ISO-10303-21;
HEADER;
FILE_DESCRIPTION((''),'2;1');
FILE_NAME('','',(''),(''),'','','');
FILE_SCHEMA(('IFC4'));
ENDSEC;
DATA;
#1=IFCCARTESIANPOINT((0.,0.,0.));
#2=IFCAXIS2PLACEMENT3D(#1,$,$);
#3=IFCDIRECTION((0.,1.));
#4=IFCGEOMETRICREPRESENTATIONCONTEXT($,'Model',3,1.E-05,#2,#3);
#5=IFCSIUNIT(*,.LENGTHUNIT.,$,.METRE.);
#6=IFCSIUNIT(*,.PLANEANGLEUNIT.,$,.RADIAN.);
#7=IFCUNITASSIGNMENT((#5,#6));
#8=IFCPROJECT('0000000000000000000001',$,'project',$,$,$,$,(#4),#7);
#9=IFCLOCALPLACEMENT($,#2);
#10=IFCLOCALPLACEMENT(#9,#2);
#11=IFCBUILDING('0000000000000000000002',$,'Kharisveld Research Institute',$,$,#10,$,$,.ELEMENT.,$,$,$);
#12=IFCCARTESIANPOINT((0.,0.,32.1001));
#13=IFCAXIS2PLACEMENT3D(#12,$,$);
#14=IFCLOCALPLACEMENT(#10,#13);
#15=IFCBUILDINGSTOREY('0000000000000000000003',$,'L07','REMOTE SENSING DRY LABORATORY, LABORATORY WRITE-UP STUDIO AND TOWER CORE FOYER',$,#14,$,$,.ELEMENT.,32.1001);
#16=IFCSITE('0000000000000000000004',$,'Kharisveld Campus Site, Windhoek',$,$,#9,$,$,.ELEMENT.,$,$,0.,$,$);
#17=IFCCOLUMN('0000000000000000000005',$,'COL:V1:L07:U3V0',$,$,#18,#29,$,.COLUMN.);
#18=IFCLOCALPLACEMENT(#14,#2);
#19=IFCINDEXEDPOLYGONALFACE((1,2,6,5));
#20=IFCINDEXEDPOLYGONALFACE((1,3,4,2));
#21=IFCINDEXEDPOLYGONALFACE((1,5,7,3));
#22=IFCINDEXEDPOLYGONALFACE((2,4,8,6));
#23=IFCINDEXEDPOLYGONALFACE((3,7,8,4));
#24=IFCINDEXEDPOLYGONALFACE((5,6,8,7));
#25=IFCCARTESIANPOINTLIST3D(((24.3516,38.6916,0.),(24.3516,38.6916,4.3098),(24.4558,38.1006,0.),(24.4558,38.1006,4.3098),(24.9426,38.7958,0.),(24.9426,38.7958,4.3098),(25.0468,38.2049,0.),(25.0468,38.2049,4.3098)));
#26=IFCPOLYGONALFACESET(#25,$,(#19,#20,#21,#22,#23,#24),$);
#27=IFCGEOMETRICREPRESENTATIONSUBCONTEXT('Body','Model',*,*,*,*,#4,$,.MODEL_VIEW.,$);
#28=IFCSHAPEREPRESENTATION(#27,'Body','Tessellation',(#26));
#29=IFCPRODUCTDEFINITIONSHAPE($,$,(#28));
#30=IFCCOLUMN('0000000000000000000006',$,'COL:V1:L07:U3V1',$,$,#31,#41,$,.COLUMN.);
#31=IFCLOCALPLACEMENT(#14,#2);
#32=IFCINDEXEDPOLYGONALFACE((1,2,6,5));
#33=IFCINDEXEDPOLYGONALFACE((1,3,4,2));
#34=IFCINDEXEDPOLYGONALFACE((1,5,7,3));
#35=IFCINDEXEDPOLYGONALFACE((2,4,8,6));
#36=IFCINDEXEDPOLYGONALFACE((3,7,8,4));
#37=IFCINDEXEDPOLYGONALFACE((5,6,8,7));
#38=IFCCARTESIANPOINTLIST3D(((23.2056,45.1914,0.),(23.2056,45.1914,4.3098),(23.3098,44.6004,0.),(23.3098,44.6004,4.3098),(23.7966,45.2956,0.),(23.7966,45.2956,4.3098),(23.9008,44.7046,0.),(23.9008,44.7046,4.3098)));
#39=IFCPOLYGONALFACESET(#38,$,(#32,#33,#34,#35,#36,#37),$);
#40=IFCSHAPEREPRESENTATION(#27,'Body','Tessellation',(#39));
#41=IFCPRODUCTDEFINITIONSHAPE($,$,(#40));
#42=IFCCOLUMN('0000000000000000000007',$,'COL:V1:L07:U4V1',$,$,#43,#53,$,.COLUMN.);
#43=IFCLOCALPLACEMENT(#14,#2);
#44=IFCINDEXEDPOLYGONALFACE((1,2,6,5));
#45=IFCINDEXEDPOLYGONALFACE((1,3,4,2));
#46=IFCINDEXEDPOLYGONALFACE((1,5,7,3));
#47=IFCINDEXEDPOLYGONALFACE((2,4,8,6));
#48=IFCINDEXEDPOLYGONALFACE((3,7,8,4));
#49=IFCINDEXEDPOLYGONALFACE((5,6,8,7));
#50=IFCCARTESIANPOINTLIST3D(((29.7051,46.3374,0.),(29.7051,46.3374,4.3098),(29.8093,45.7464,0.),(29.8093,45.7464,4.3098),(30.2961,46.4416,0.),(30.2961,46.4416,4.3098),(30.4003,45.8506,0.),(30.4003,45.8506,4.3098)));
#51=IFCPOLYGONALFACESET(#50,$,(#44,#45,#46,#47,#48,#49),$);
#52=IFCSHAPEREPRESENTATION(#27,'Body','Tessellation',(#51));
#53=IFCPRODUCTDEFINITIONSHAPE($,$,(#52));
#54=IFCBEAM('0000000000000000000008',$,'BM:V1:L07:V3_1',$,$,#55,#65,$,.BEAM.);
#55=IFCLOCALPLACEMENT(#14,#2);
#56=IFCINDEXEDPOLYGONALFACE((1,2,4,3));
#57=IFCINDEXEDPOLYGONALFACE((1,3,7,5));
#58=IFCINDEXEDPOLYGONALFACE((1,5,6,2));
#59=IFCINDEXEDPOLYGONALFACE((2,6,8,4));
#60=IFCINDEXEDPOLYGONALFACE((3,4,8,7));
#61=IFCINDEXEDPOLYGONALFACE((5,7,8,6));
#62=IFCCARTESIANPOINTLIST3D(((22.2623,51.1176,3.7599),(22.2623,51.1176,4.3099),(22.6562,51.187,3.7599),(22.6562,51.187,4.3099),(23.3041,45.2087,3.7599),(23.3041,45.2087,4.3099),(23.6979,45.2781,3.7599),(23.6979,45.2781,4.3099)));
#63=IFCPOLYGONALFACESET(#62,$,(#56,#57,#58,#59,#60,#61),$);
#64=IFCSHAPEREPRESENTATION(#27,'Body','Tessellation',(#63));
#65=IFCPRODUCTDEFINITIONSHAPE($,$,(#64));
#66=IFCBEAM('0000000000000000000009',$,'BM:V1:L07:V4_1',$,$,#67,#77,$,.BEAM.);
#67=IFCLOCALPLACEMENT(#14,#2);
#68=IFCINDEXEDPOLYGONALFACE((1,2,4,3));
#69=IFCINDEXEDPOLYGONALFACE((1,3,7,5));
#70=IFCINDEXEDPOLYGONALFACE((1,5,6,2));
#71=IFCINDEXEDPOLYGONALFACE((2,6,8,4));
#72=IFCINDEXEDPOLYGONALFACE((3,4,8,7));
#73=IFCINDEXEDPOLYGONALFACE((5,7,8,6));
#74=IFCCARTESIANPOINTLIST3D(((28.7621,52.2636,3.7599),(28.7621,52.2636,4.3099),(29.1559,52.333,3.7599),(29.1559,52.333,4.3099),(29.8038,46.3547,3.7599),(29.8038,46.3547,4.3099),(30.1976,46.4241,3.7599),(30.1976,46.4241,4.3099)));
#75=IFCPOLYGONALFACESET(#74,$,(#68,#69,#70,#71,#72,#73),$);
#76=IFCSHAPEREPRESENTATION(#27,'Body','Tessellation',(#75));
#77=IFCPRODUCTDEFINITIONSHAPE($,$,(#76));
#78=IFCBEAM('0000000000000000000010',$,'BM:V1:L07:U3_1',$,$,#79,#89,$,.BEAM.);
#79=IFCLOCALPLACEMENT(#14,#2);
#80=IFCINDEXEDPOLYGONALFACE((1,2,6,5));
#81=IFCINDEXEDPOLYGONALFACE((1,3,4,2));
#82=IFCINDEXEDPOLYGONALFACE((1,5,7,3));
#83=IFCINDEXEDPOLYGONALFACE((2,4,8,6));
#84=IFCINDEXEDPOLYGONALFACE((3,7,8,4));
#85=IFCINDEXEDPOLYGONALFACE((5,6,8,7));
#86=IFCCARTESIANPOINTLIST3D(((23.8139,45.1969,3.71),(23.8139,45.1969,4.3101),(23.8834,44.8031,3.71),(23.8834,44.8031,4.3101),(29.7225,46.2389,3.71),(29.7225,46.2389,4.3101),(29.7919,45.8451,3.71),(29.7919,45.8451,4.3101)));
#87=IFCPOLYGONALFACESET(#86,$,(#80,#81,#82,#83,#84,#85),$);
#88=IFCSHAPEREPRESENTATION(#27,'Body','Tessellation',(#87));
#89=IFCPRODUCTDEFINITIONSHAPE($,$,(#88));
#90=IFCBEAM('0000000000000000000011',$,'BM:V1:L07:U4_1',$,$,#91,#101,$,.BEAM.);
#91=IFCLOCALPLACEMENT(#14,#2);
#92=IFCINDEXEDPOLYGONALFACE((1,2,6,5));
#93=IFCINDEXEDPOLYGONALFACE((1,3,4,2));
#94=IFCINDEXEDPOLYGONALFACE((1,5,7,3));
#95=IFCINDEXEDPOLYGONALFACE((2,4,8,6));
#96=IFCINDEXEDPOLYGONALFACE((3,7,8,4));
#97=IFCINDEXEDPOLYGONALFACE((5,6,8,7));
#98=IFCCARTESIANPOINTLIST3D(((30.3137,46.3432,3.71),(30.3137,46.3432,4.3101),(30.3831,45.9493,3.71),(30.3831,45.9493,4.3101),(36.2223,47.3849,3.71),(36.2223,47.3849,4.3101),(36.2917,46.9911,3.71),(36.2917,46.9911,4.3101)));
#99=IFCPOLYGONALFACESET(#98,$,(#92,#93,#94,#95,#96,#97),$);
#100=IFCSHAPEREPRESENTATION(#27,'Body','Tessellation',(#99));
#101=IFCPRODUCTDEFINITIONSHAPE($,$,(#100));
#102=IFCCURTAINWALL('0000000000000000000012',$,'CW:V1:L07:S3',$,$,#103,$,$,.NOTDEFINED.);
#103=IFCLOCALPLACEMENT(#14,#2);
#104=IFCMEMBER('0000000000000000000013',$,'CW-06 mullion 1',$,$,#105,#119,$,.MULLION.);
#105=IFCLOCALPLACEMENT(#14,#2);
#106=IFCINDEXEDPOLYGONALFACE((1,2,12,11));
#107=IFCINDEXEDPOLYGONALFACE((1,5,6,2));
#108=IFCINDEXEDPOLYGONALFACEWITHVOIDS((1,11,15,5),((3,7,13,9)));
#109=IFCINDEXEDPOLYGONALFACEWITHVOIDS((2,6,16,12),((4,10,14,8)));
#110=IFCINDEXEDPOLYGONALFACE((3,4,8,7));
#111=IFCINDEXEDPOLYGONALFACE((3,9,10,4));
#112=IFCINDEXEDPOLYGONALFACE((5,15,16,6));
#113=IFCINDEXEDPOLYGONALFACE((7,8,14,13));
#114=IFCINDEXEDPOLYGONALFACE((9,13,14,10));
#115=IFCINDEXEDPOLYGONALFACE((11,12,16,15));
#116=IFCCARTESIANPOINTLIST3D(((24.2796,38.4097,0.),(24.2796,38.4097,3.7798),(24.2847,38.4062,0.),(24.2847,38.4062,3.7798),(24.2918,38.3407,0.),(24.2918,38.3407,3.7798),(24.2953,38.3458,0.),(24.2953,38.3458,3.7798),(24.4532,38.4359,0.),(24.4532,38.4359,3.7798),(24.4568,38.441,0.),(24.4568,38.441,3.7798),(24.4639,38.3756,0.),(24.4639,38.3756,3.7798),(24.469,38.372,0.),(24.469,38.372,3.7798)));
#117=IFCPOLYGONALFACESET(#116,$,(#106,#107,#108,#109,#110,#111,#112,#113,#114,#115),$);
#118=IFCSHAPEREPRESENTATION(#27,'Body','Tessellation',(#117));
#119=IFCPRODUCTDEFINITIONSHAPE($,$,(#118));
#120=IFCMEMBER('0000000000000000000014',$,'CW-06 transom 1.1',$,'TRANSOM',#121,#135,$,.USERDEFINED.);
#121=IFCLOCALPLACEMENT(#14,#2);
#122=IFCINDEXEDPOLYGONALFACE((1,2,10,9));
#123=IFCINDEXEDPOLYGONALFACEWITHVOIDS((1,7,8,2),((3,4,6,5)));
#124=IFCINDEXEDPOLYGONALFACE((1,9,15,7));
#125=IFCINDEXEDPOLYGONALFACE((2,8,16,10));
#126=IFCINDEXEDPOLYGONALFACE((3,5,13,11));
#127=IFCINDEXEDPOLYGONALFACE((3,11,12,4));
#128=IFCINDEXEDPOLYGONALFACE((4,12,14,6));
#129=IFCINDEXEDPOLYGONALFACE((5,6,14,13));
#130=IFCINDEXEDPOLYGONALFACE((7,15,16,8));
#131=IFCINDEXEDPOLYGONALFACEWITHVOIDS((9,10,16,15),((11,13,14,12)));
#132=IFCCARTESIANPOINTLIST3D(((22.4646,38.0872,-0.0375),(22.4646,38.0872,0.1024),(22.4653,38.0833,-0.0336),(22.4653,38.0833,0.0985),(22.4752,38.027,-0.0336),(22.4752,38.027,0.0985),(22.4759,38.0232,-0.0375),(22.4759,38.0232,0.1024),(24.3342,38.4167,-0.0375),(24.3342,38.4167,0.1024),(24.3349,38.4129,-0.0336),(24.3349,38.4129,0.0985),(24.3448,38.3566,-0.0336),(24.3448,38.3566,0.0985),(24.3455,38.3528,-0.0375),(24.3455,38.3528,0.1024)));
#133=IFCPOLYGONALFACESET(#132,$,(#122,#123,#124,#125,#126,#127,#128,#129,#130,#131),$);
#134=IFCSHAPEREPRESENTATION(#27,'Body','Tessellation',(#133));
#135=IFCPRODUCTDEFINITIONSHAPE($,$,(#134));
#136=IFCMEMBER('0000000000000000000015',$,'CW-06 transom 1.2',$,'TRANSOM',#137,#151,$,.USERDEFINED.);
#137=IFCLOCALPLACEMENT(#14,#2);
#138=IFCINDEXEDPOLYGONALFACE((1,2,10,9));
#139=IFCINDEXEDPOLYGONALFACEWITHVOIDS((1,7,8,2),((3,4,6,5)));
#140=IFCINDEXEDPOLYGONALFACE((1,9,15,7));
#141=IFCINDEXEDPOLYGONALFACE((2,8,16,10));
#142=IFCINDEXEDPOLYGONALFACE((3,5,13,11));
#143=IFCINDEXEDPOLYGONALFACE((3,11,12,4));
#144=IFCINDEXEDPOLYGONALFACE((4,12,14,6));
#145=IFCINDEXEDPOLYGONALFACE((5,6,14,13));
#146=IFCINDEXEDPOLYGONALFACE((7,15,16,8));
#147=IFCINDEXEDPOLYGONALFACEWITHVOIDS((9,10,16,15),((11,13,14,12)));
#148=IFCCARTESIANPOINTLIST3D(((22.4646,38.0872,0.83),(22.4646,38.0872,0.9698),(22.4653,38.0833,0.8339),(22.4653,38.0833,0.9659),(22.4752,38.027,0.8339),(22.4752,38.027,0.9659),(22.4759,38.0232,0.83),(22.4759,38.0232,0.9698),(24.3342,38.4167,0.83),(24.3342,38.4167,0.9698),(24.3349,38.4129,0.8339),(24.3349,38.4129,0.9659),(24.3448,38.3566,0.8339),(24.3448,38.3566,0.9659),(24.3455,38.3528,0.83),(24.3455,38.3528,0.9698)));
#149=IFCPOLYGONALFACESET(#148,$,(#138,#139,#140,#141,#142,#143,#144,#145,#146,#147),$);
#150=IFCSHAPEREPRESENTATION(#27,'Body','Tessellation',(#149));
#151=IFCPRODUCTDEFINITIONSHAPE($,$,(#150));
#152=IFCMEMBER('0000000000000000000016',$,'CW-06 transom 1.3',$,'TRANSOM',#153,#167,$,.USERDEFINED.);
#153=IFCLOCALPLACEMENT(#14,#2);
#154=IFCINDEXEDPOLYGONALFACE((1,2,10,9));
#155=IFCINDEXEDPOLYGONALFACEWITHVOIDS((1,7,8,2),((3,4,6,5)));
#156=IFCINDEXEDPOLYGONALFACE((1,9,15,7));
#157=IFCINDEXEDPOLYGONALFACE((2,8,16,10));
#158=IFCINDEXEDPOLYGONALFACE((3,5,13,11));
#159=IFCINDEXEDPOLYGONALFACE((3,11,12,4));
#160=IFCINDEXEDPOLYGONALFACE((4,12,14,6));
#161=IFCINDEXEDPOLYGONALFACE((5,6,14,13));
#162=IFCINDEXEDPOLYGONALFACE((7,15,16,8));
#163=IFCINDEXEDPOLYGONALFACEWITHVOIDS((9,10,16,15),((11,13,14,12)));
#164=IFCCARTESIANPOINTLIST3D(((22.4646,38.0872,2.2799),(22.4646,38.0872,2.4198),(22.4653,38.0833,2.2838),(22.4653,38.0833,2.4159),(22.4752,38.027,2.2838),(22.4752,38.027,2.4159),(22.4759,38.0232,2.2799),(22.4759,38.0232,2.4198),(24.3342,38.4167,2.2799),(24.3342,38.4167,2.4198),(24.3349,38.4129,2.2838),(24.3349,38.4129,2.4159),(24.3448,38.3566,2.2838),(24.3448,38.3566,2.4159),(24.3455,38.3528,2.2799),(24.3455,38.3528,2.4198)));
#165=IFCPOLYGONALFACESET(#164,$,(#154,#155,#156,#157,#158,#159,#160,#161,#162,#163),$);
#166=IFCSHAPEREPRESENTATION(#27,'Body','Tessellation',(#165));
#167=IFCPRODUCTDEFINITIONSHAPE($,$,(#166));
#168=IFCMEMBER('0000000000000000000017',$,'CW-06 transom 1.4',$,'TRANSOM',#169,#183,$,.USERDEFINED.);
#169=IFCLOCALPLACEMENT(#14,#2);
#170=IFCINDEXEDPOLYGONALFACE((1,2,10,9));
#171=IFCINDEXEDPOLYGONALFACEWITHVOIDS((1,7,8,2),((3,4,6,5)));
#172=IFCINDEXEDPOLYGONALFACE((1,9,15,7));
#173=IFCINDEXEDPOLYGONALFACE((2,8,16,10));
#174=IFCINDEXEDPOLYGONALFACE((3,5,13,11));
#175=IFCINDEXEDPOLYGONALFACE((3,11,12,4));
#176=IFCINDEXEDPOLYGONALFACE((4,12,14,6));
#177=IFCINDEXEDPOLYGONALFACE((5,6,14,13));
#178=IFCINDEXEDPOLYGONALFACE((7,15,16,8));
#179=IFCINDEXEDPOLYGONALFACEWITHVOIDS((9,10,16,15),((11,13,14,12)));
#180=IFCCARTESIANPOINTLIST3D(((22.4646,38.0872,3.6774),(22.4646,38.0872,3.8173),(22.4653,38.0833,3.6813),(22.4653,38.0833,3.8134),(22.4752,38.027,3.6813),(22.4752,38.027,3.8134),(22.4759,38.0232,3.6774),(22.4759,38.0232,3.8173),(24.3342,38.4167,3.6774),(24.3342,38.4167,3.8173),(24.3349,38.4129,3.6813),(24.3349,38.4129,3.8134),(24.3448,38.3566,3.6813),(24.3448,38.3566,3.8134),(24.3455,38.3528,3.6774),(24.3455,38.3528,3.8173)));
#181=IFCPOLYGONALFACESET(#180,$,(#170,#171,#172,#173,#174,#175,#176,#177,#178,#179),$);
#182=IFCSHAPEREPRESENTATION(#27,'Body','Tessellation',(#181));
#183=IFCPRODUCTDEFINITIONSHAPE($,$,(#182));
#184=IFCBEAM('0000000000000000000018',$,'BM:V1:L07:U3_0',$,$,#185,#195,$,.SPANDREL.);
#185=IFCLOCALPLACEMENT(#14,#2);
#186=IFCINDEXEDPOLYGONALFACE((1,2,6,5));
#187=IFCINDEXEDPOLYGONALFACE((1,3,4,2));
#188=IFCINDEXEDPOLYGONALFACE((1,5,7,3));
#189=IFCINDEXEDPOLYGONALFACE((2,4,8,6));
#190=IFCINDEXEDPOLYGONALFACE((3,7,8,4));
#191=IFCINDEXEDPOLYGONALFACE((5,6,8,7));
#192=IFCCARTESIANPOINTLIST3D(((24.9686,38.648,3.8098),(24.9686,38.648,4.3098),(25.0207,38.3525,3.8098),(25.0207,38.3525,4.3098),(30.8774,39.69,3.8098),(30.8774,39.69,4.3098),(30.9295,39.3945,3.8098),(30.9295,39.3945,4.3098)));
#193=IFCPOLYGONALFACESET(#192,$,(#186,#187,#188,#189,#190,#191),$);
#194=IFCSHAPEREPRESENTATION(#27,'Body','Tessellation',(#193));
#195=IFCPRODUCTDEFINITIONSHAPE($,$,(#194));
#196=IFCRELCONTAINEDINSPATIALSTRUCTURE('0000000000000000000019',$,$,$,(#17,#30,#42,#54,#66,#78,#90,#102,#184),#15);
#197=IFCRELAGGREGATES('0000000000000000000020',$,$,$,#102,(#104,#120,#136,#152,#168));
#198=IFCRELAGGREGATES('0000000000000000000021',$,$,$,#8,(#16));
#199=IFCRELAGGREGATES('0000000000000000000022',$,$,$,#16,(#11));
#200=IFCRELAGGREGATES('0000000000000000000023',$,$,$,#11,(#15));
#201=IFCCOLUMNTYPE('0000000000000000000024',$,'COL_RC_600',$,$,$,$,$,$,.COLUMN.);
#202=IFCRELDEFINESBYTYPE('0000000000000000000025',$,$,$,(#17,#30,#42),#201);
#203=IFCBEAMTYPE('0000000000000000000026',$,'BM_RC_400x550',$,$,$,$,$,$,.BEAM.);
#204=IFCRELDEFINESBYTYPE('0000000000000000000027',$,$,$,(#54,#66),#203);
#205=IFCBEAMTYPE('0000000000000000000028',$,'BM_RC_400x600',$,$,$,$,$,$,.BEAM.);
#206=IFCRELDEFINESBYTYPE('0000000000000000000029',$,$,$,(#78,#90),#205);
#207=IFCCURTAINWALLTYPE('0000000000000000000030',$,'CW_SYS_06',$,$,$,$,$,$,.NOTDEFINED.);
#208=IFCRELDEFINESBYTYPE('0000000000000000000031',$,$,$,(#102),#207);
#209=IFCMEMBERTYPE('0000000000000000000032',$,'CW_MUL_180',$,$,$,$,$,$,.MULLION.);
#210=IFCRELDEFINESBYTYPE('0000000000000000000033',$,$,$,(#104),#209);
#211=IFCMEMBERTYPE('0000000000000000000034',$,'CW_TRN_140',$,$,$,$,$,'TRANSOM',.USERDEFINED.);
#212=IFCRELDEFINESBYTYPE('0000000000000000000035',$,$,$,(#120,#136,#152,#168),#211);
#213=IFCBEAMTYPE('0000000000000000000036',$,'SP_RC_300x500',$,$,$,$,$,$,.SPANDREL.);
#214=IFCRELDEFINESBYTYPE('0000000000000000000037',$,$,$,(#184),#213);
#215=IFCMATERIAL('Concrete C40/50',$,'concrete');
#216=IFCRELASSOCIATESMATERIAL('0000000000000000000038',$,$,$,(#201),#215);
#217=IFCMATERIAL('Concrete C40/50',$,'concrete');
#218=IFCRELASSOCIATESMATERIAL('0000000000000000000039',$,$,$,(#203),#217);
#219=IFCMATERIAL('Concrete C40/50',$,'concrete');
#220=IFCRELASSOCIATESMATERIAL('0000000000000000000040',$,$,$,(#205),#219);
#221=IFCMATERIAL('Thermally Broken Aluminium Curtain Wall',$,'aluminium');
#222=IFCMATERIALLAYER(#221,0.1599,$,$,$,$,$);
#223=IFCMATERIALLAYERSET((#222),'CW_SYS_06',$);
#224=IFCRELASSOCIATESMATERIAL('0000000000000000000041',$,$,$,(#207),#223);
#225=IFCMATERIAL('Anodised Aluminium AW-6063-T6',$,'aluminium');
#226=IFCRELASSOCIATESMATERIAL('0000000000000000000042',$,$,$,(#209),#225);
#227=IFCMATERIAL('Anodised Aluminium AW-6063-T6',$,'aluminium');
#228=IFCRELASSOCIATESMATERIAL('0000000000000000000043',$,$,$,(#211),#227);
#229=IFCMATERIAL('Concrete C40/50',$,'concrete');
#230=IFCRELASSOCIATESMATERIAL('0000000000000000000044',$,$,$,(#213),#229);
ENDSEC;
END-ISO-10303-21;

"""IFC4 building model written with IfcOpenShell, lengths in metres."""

from ifc_helpers import new_model, si_unit, direction, frame, origin, origin_2d, place, context, subcontext, project, spatial, rectangle, hollow_rectangle, extrude, material, layer, layer_set, material_profile, profile_set, type_object, element, aggregate, save


model = new_model("IFC4")

# Units and contexts
model_context = context("Model", 3, precision=1e-05, world=origin(), true_north=direction((0.0, 1.0)))
body_context = subcontext(model_context, "Body", "Model", "MODEL_VIEW")
ifc_project = project(units=[si_unit("LENGTHUNIT", "METRE"), si_unit("PLANEANGLEUNIT", "RADIAN")], contexts=[model_context])

# Site, building, storey
site_placement = place(None, origin())
site = spatial("IfcSite", under=ifc_project, at=site_placement, Name="Kharisveld Campus Site, Windhoek", CompositionType="ELEMENT", RefElevation=0.0)
building_placement = place(site_placement, origin())
building = spatial("IfcBuilding", under=site, at=building_placement, Name="Kharisveld Research Institute", CompositionType="ELEMENT")
storey_placement = place(building_placement, frame((0.0, 0.0, 32.1001)))
storey = spatial("IfcBuildingStorey", under=building, at=storey_placement, Name="L07", Description="REMOTE SENSING DRY LABORATORY, LABORATORY WRITE-UP STUDIO AND TOWER CORE FOYER", CompositionType="ELEMENT", Elevation=32.1001)

# Columns
ifc_material_1 = material(Name="Concrete C40/50", Category="concrete")
ifc_material_profile_1 = material_profile(ifc_material_1, rectangle(XDim=0.6001, YDim=0.6001, at=origin_2d()))
ifc_profile_set_1 = profile_set([ifc_material_profile_1], Name="Concrete C40/50")
column_type = type_object("IfcColumnType", Name="COL_RC_600", PredefinedType="COLUMN", material=ifc_profile_set_1)
for number, where, z_axis, x_axis, name in (
    (1, (24.6992, 38.4482, 0.0), (0.0, 0.0, 1.0), (0.984808, 0.173648, 0.0), "COL:V1:L07:U3V0"),
    (2, (23.5532, 44.948, 0.0), (0.0, 0.0, 1.0), (0.984808, 0.173648, 0.0), "COL:V1:L07:U3V1"),
    (3, (30.0527, 46.094, 0.0), (0.0, 0.0, 1.0), (0.984808, 0.173648, 0.0), "COL:V1:L07:U4V1"),
):
    element("IfcColumn", number, at=place(storey_placement, frame(where, z_axis=z_axis, x_axis=x_axis)), inside=storey, type_object=column_type, Name=name, PredefinedType="COLUMN", context=body_context, shape_type="SweptSolid", body=[
        extrude(rectangle(XDim=0.6001, YDim=0.6001, at=origin_2d()), origin(), (0.0, 0.0, 1.0), 4.3098),
    ])

# Beams
ifc_material_2 = material(Name="Concrete C40/50", Category="concrete")
ifc_material_profile_2 = material_profile(ifc_material_2, rectangle(XDim=0.3999, YDim=0.55, at=origin_2d()))
ifc_profile_set_2 = profile_set([ifc_material_profile_2], Name="Concrete C40/50")
beam_type_1 = type_object("IfcBeamType", Name="BM_RC_400x550", PredefinedType="BEAM", material=ifc_profile_set_2)
for number, where, z_axis, x_axis, name in (
    (4, (23.501, 45.2434, 4.0349), (-0.173623, 0.984812, 0.0), (-0.984812, -0.173623, 0.0), "BM:V1:L07:V3_1"),
    (5, (30.0007, 46.3894, 4.0349), (-0.173623, 0.984812, 0.0), (-0.984812, -0.173623, 0.0), "BM:V1:L07:V4_1"),
):
    element("IfcBeam", number, at=place(storey_placement, frame(where, z_axis=z_axis, x_axis=x_axis)), inside=storey, type_object=beam_type_1, Name=name, PredefinedType="BEAM", context=body_context, shape_type="SweptSolid", body=[
        extrude(rectangle(XDim=0.3999, YDim=0.55, at=origin_2d()), origin(), (0.0, 0.0, 1.0), 6.0),
    ])
ifc_material_3 = material(Name="Concrete C40/50", Category="concrete")
ifc_material_profile_3 = material_profile(ifc_material_3, rectangle(XDim=0.3999, YDim=0.6001, at=origin_2d()))
ifc_profile_set_3 = profile_set([ifc_material_profile_3], Name="Concrete C40/50")
beam_type_2 = type_object("IfcBeamType", Name="BM_RC_400x600", PredefinedType="BEAM", material=ifc_profile_set_3)
for number, where, z_axis, x_axis, name in (
    (6, (23.8486, 45.0, 4.01), (0.984804, 0.173669, 0.0), (-0.173669, 0.984804, 0.0), "BM:V1:L07:U3_1"),
    (7, (30.3484, 46.1462, 4.01), (0.984811, 0.17363, 0.0), (-0.17363, 0.984811, 0.0), "BM:V1:L07:U4_1"),
):
    element("IfcBeam", number, at=place(storey_placement, frame(where, z_axis=z_axis, x_axis=x_axis)), inside=storey, type_object=beam_type_2, Name=name, PredefinedType="BEAM", context=body_context, shape_type="SweptSolid", body=[
        extrude(rectangle(XDim=0.3999, YDim=0.6001, at=origin_2d()), origin(), (0.0, 0.0, 1.0), 5.9998),
    ])

# Curtain wall, members
ifc_material_4 = material(Name="Thermally Broken Aluminium Curtain Wall", Category="aluminium")
ifc_layer_1 = layer(ifc_material_4, 0.1599)
ifc_layer_set_1 = layer_set([ifc_layer_1], Name="CW_SYS_06")
curtain_wall_type = type_object("IfcCurtainWallType", Name="CW_SYS_06", PredefinedType="NOTDEFINED", material=ifc_layer_set_1)
curtain_wall_placement = place(storey_placement, origin())
curtain_wall = element("IfcCurtainWall", 8, at=curtain_wall_placement, inside=storey, type_object=curtain_wall_type, Name="CW:V1:L07:S3", PredefinedType="NOTDEFINED")
ifc_material_5 = material(Name="Anodised Aluminium AW-6063-T6", Category="aluminium")
ifc_material_profile_4 = material_profile(ifc_material_5, hollow_rectangle(XDim=0.0701, YDim=0.1799, WallThickness=0.0044, at=origin_2d()))
ifc_profile_set_4 = profile_set([ifc_material_profile_4], Name="Anodised Aluminium AW-6063-T6")
member_type_1 = type_object("IfcMemberType", Name="CW_MUL_180", PredefinedType="MULLION", material=ifc_profile_set_4)
member_1_placement = place(storey_placement, frame((24.3743, 38.3909, 0.0), z_axis=(0.0, 0.0, 1.0), x_axis=(0.173648, -0.984808, 0.0)))
member_1 = element("IfcMember", 9, at=member_1_placement, type_object=member_type_1, Name="CW-06 mullion 1", PredefinedType="MULLION", context=body_context, shape_type="SweptSolid", body=[
    extrude(hollow_rectangle(XDim=0.0701, YDim=0.1799, WallThickness=0.0044, at=origin_2d()), origin(), (0.0, 0.0, 1.0), 3.7798),
])
ifc_material_6 = material(Name="Anodised Aluminium AW-6063-T6", Category="aluminium")
ifc_material_profile_5 = material_profile(ifc_material_6, hollow_rectangle(XDim=0.0649, YDim=0.1399, WallThickness=0.0039, at=origin_2d()))
ifc_profile_set_5 = profile_set([ifc_material_profile_5], Name="Anodised Aluminium AW-6063-T6")
member_type_2 = type_object("IfcMemberType", Name="CW_TRN_140", ElementType="TRANSOM", PredefinedType="USERDEFINED", material=ifc_profile_set_5)
member_2_placement = place(storey_placement, frame((24.3398, 38.3848, 0.0325), z_axis=(-0.984815, -0.173609, 0.0), x_axis=(0.173609, -0.984815, 0.0)))
member_2 = element("IfcMember", 10, at=member_2_placement, type_object=member_type_2, Name="CW-06 transom 1.1", ObjectType="TRANSOM", PredefinedType="USERDEFINED", context=body_context, shape_type="SweptSolid", body=[
    extrude(hollow_rectangle(XDim=0.0649, YDim=0.1399, WallThickness=0.0039, at=origin_2d()), origin(), (0.0, 0.0, 1.0), 1.8984),
])
member_3_placement = place(storey_placement, frame((24.3398, 38.3848, 0.8999), z_axis=(-0.984815, -0.173609, 0.0), x_axis=(0.173609, -0.984815, 0.0)))
member_3 = element("IfcMember", 11, at=member_3_placement, type_object=member_type_2, Name="CW-06 transom 1.2", ObjectType="TRANSOM", PredefinedType="USERDEFINED", context=body_context, shape_type="SweptSolid", body=[
    extrude(hollow_rectangle(XDim=0.0649, YDim=0.1399, WallThickness=0.0039, at=origin_2d()), origin(), (0.0, 0.0, 1.0), 1.8984),
])
member_4_placement = place(storey_placement, frame((24.3398, 38.3848, 2.3499), z_axis=(-0.984815, -0.173609, 0.0), x_axis=(0.173609, -0.984815, 0.0)))
member_4 = element("IfcMember", 12, at=member_4_placement, type_object=member_type_2, Name="CW-06 transom 1.3", ObjectType="TRANSOM", PredefinedType="USERDEFINED", context=body_context, shape_type="SweptSolid", body=[
    extrude(hollow_rectangle(XDim=0.0649, YDim=0.1399, WallThickness=0.0039, at=origin_2d()), origin(), (0.0, 0.0, 1.0), 1.8984),
])
member_5_placement = place(storey_placement, frame((24.3398, 38.3848, 3.7473), z_axis=(-0.984815, -0.173609, 0.0), x_axis=(0.173609, -0.984815, 0.0)))
member_5 = element("IfcMember", 13, at=member_5_placement, type_object=member_type_2, Name="CW-06 transom 1.4", ObjectType="TRANSOM", PredefinedType="USERDEFINED", context=body_context, shape_type="SweptSolid", body=[
    extrude(hollow_rectangle(XDim=0.0649, YDim=0.1399, WallThickness=0.0039, at=origin_2d()), origin(), (0.0, 0.0, 1.0), 1.8984),
])

# Beam
ifc_material_7 = material(Name="Concrete C40/50", Category="concrete")
ifc_material_profile_6 = material_profile(ifc_material_7, rectangle(XDim=0.3, YDim=0.5, at=origin_2d()))
ifc_profile_set_6 = profile_set([ifc_material_profile_6], Name="Concrete C40/50")
beam_type_3 = type_object("IfcBeamType", Name="SP_RC_300x500", PredefinedType="SPANDREL", material=ifc_profile_set_6)
beam_1_placement = place(storey_placement, frame((24.9946, 38.5002, 4.0598), z_axis=(0.984805, 0.173662, 0.0), x_axis=(-0.173662, 0.984805, 0.0)))
element("IfcBeam", 14, at=beam_1_placement, inside=storey, type_object=beam_type_3, Name="BM:V1:L07:U3_0", PredefinedType="SPANDREL", context=body_context, shape_type="SweptSolid", body=[
    extrude(rectangle(XDim=0.3, YDim=0.5, at=origin_2d()), origin(), (0.0, 0.0, 1.0), 6.0),
])

aggregate(curtain_wall, [member_1, member_2, member_3, member_4, member_5])

save(model, "model.ifc")
